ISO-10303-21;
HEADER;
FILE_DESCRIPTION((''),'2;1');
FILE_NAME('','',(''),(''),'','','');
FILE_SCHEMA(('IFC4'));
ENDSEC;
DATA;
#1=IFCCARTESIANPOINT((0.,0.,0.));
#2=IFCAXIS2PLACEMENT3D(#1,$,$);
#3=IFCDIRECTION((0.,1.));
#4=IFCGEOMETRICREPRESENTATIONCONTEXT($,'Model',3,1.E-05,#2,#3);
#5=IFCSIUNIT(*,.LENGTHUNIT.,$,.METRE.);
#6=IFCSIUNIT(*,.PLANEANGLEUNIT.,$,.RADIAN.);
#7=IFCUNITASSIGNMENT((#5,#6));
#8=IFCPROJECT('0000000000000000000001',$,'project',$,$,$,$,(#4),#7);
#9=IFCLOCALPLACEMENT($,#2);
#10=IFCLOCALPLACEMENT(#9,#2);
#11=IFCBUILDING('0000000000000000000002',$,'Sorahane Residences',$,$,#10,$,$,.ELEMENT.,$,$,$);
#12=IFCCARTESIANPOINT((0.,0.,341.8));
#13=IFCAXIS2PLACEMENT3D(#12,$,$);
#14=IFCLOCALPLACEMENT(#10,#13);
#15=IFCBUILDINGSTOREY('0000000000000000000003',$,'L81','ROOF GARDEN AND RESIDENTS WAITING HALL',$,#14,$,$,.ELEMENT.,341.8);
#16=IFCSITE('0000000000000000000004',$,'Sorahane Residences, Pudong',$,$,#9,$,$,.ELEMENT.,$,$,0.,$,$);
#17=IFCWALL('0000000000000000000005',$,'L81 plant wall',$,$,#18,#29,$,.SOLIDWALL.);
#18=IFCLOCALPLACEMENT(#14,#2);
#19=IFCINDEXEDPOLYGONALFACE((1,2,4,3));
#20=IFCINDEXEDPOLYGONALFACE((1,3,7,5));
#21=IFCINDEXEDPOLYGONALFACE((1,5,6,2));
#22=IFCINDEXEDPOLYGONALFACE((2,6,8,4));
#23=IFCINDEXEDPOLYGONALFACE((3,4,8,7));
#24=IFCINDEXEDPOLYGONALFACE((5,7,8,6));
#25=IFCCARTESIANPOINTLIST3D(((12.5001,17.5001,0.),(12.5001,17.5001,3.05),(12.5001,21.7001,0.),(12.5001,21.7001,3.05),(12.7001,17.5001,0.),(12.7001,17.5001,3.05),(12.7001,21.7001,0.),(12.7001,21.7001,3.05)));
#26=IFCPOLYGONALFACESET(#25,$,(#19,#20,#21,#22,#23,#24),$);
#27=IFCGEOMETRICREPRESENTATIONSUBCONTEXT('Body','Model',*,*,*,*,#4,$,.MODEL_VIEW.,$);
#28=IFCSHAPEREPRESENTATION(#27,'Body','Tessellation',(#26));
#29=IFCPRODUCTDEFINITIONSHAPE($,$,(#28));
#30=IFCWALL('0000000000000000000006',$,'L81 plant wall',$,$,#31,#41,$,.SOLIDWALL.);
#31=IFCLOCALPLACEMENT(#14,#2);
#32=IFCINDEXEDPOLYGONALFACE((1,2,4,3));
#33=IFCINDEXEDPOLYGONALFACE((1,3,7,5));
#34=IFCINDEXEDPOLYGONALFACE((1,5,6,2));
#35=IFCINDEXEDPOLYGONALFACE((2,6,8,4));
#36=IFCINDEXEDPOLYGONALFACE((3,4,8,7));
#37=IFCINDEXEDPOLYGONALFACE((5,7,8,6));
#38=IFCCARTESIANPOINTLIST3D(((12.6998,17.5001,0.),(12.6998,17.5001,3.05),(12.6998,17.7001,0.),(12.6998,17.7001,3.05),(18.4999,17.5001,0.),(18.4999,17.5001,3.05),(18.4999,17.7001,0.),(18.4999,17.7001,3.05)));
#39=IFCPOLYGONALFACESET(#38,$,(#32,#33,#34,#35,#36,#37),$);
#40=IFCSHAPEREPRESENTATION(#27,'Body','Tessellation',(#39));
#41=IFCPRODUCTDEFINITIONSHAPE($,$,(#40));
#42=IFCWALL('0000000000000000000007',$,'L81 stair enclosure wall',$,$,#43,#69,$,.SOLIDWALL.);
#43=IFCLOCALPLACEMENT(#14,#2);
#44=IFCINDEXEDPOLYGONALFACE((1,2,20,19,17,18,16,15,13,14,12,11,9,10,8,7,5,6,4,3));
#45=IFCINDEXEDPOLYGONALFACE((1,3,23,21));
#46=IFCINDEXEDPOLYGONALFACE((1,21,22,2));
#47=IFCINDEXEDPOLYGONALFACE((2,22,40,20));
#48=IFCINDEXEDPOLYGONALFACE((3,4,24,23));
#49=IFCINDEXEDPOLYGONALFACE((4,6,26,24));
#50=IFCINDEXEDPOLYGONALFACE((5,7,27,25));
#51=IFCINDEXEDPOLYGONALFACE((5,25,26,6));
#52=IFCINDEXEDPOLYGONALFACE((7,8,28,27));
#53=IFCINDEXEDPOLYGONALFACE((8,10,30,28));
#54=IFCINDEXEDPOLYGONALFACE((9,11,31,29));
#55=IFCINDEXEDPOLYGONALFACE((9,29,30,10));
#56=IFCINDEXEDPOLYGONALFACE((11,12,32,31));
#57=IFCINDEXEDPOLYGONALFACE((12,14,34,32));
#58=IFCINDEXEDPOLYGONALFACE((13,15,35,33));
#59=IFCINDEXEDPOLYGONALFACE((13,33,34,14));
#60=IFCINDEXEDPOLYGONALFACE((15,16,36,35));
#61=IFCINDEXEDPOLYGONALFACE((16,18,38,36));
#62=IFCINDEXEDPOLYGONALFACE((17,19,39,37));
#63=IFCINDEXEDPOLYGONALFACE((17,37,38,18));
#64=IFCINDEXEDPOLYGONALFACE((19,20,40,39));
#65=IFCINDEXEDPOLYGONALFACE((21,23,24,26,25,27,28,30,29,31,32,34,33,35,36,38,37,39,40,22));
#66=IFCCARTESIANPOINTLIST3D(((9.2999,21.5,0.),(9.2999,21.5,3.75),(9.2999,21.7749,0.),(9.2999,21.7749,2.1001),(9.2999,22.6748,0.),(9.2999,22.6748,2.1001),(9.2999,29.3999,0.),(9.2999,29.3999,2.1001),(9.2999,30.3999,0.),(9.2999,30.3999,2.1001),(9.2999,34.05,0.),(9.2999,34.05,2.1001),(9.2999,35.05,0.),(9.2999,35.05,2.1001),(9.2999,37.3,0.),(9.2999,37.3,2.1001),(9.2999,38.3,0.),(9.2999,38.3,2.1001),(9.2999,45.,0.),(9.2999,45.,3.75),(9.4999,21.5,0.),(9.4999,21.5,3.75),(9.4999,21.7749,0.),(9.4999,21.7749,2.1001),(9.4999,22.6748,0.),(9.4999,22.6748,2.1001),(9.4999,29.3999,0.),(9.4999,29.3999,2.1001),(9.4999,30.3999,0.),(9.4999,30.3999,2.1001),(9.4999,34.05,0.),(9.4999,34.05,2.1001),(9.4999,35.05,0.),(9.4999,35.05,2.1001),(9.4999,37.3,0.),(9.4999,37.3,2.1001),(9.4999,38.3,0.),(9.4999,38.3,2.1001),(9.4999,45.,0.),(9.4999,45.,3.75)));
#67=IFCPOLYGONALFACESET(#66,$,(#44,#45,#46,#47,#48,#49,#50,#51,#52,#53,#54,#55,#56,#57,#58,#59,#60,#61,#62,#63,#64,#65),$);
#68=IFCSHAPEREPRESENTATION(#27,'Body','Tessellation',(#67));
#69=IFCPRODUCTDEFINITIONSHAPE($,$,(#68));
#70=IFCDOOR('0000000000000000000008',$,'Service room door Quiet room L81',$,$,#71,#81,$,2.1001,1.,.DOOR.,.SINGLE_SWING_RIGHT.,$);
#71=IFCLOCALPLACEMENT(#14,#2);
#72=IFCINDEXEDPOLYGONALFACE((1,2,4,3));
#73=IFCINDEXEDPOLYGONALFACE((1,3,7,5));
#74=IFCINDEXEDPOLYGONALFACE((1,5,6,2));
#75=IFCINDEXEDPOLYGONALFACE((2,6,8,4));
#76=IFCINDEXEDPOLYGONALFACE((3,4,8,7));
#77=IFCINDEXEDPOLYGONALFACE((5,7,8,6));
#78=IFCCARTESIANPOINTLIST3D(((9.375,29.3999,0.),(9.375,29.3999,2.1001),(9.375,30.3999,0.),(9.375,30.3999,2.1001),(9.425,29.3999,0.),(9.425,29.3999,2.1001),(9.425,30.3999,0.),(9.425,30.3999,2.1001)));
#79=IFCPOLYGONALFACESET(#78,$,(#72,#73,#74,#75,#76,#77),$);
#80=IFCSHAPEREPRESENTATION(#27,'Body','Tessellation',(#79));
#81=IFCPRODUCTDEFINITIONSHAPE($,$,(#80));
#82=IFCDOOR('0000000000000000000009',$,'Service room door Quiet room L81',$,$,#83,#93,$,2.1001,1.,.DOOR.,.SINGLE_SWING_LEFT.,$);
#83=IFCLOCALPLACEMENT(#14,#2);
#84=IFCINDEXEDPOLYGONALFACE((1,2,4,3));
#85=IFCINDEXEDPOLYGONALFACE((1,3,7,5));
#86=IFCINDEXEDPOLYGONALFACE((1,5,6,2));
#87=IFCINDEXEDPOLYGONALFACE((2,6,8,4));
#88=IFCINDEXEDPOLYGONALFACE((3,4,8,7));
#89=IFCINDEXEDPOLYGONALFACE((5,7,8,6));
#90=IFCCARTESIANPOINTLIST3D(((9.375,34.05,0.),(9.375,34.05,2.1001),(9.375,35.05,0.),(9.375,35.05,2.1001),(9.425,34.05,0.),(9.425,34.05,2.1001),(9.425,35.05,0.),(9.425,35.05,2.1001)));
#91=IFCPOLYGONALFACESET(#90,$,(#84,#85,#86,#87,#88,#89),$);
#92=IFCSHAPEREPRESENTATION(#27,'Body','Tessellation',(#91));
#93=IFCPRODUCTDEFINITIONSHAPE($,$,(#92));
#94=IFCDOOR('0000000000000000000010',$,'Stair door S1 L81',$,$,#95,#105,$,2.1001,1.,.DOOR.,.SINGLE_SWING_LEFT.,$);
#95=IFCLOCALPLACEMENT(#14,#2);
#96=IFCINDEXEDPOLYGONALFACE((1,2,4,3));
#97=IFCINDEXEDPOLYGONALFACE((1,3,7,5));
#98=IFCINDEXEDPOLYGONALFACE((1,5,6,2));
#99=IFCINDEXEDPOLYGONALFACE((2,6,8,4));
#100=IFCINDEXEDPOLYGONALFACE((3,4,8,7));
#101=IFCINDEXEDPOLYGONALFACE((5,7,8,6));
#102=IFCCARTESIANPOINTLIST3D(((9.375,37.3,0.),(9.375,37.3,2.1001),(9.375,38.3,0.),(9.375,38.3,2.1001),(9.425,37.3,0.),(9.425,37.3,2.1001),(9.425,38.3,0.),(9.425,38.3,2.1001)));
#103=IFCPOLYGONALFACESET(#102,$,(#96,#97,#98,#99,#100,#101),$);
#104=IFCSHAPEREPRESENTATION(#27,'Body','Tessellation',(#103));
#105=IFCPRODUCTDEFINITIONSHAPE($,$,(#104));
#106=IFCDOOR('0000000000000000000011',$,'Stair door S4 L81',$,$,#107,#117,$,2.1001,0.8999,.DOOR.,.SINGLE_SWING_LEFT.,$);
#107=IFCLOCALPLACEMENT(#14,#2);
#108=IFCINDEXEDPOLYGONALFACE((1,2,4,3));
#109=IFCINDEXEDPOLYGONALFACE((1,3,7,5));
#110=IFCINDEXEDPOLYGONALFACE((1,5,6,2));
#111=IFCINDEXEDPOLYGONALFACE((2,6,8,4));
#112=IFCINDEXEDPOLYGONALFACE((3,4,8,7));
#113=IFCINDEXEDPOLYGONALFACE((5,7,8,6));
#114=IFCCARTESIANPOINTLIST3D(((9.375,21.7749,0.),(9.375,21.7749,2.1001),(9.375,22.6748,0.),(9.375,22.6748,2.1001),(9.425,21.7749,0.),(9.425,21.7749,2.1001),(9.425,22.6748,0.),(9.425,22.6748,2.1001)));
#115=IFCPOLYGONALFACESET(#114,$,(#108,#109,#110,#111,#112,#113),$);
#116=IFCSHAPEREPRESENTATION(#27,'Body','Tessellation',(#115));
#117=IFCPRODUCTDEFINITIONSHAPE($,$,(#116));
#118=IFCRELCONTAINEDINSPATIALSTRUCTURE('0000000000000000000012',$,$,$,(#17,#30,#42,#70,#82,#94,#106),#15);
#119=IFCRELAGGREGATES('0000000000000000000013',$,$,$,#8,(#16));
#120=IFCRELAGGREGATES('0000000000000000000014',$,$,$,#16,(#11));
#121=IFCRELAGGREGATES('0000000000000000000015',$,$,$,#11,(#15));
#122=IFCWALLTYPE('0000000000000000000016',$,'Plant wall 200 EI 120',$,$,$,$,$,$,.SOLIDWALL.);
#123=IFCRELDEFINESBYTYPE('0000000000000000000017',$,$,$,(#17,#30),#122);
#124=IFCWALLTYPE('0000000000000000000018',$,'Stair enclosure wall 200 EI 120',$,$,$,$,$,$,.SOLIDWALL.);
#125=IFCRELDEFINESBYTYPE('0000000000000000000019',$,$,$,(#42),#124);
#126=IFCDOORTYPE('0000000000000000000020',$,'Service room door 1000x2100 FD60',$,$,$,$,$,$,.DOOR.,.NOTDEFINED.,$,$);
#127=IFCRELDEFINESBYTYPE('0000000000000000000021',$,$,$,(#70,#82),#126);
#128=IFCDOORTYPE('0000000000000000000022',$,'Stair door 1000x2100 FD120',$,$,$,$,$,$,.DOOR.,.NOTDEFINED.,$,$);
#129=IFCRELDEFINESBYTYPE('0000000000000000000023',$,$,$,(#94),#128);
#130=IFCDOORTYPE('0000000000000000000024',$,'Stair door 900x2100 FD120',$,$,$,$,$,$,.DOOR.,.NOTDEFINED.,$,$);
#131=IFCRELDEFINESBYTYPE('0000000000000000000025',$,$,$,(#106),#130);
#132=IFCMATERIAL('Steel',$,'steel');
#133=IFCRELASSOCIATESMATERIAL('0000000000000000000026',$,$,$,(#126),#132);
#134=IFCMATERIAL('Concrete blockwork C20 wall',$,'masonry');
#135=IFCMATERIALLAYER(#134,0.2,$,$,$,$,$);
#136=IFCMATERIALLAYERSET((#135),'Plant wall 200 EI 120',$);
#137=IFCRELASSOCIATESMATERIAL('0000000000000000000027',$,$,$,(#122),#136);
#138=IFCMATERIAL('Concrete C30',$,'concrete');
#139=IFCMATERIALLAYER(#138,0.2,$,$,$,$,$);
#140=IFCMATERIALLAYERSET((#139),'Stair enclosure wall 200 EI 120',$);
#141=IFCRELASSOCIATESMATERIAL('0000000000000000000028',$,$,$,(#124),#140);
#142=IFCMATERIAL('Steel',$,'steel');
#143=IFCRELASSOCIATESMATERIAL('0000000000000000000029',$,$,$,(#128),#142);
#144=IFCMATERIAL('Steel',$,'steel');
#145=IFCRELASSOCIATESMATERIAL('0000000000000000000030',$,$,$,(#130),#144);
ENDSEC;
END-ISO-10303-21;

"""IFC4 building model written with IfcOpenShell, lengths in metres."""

from ifc_helpers import new_model, si_unit, direction, frame, frame_2d, origin, place, context, subcontext, project, spatial, rectangle, extrude, material, layer, layer_set, type_object, element, fill, save


model = new_model("IFC4")

# Units and contexts
model_context = context("Model", 3, precision=1e-05, world=origin(), true_north=direction((0.0, 1.0)))
body_context = subcontext(model_context, "Body", "Model", "MODEL_VIEW")
ifc_project = project(units=[si_unit("LENGTHUNIT", "METRE"), si_unit("PLANEANGLEUNIT", "RADIAN")], contexts=[model_context])

# Site, building, storey
site_placement = place(None, origin())
site = spatial("IfcSite", under=ifc_project, at=site_placement, Name="Sorahane Residences, Pudong", CompositionType="ELEMENT", RefElevation=0.0)
building_placement = place(site_placement, origin())
building = spatial("IfcBuilding", under=site, at=building_placement, Name="Sorahane Residences", CompositionType="ELEMENT")
storey_placement = place(building_placement, frame((0.0, 0.0, 341.8)))
storey = spatial("IfcBuildingStorey", under=building, at=storey_placement, Name="L81", Description="ROOF GARDEN AND RESIDENTS WAITING HALL", CompositionType="ELEMENT", Elevation=341.8)

# Shared definitions
ifc_material_1 = material(Name="Steel", Category="steel")
door_type_1 = type_object("IfcDoorType", Name="Service room door 1000x2100 FD60", OperationType="NOTDEFINED", PredefinedType="DOOR", material=ifc_material_1)

# Walls
ifc_material_2 = material(Name="Concrete blockwork C20 wall", Category="masonry")
ifc_layer_1 = layer(ifc_material_2, 0.2)
ifc_layer_set_1 = layer_set([ifc_layer_1], Name="Plant wall 200 EI 120")
wall_type_1 = type_object("IfcWallType", Name="Plant wall 200 EI 120", PredefinedType="SOLIDWALL", material=ifc_layer_set_1)
wall_1_placement = place(storey_placement, frame((12.6001, 17.5, 0.0), z_axis=(0.0, 0.0, 1.0), x_axis=(0.0, 1.0, 0.0)))
element("IfcWall", 1, at=wall_1_placement, inside=storey, type_object=wall_type_1, Name="L81 plant wall", PredefinedType="SOLIDWALL", context=body_context, shape_type="SweptSolid", body=[
    extrude(rectangle(XDim=4.2, YDim=0.2, at=frame_2d((2.1001, 0.0))), origin(), (0.0, 0.0, 1.0), 3.05),
])
wall_2_placement = place(storey_placement, frame((12.7, 17.6001, 0.0), z_axis=(0.0, 0.0, 1.0), x_axis=(1.0, 0.0, 0.0)))
element("IfcWall", 2, at=wall_2_placement, inside=storey, type_object=wall_type_1, Name="L81 plant wall", PredefinedType="SOLIDWALL", context=body_context, shape_type="SweptSolid", body=[
    extrude(rectangle(XDim=5.8, YDim=0.2, at=frame_2d((2.8999, 0.0))), origin(), (0.0, 0.0, 1.0), 3.05),
])

# Wall, openings, doors
ifc_material_3 = material(Name="Concrete C30", Category="concrete")
ifc_layer_2 = layer(ifc_material_3, 0.2)
ifc_layer_set_2 = layer_set([ifc_layer_2], Name="Stair enclosure wall 200 EI 120")
wall_type_2 = type_object("IfcWallType", Name="Stair enclosure wall 200 EI 120", PredefinedType="SOLIDWALL", material=ifc_layer_set_2)
wall_3_placement = place(storey_placement, frame((9.3999, 21.5, 0.0), z_axis=(0.0, 0.0, 1.0), x_axis=(0.0, 1.0, 0.0)))
wall_3 = element("IfcWall", 3, at=wall_3_placement, inside=storey, type_object=wall_type_2, Name="L81 stair enclosure wall", PredefinedType="SOLIDWALL", context=body_context, shape_type="SweptSolid", body=[
    extrude(rectangle(XDim=23.5, YDim=0.2, at=frame_2d((11.75, 0.0))), origin(), (0.0, 0.0, 1.0), 3.75),
])
opening_1_placement = place(wall_3_placement, frame((7.8999, 0.0, 0.0)))
opening_1 = element("IfcOpeningElement", 4, at=opening_1_placement, cuts=wall_3, PredefinedType="OPENING", context=body_context, shape_type="SweptSolid", body=[
    extrude(rectangle(XDim=1.0, YDim=2.1001, at=frame_2d((0.5, 1.05))), frame((0.0, 0.1099, 0.0), z_axis=(0.0, -1.0, 0.0), x_axis=(1.0, 0.0, 0.0)), (0.0, 0.0, 1.0), 0.22),
])
opening_2_placement = place(wall_3_placement, frame((12.55, 0.0, 0.0)))
opening_2 = element("IfcOpeningElement", 5, at=opening_2_placement, cuts=wall_3, PredefinedType="OPENING", context=body_context, shape_type="SweptSolid", body=[
    extrude(rectangle(XDim=1.0, YDim=2.1001, at=frame_2d((0.5, 1.05))), frame((0.0, 0.1099, 0.0), z_axis=(0.0, -1.0, 0.0), x_axis=(1.0, 0.0, 0.0)), (0.0, 0.0, 1.0), 0.22),
])
opening_3_placement = place(wall_3_placement, frame((15.8, 0.0, 0.0)))
opening_3 = element("IfcOpeningElement", 6, at=opening_3_placement, cuts=wall_3, PredefinedType="OPENING", context=body_context, shape_type="SweptSolid", body=[
    extrude(rectangle(XDim=1.0, YDim=2.1001, at=frame_2d((0.5, 1.05))), frame((0.0, 0.1099, 0.0), z_axis=(0.0, -1.0, 0.0), x_axis=(1.0, 0.0, 0.0)), (0.0, 0.0, 1.0), 0.22),
])
opening_4_placement = place(wall_3_placement, frame((0.2749, 0.0, 0.0)))
opening_4 = element("IfcOpeningElement", 7, at=opening_4_placement, cuts=wall_3, PredefinedType="OPENING", context=body_context, shape_type="SweptSolid", body=[
    extrude(rectangle(XDim=0.8999, YDim=2.1001, at=frame_2d((0.45, 1.05))), frame((0.0, 0.1099, 0.0), z_axis=(0.0, -1.0, 0.0), x_axis=(1.0, 0.0, 0.0)), (0.0, 0.0, 1.0), 0.22),
])
door_1_placement = place(opening_1_placement, origin())
door_1 = element("IfcDoor", 8, at=door_1_placement, inside=storey, type_object=door_type_1, Name="Service room door Quiet room L81", OperationType="SINGLE_SWING_RIGHT", OverallHeight=2.1001, OverallWidth=1.0, PredefinedType="DOOR", context=body_context, shape_type="SweptSolid", body=[
    extrude(rectangle(XDim=1.0, YDim=2.1001, at=frame_2d((0.5, 1.05))), frame((0.0, 0.0249, 0.0), z_axis=(0.0, -1.0, 0.0), x_axis=(1.0, 0.0, 0.0)), (0.0, 0.0, 1.0), 0.05),
])
fill(opening_1, door_1)
door_2_placement = place(opening_2_placement, origin())
door_2 = element("IfcDoor", 9, at=door_2_placement, inside=storey, type_object=door_type_1, Name="Service room door Quiet room L81", OperationType="SINGLE_SWING_LEFT", OverallHeight=2.1001, OverallWidth=1.0, PredefinedType="DOOR", context=body_context, shape_type="SweptSolid", body=[
    extrude(rectangle(XDim=1.0, YDim=2.1001, at=frame_2d((0.5, 1.05))), frame((0.0, 0.0249, 0.0), z_axis=(0.0, -1.0, 0.0), x_axis=(1.0, 0.0, 0.0)), (0.0, 0.0, 1.0), 0.05),
])
fill(opening_2, door_2)
ifc_material_4 = material(Name="Steel", Category="steel")
door_type_2 = type_object("IfcDoorType", Name="Stair door 1000x2100 FD120", OperationType="NOTDEFINED", PredefinedType="DOOR", material=ifc_material_4)
door_3_placement = place(opening_3_placement, origin())
door_3 = element("IfcDoor", 10, at=door_3_placement, inside=storey, type_object=door_type_2, Name="Stair door S1 L81", OperationType="SINGLE_SWING_LEFT", OverallHeight=2.1001, OverallWidth=1.0, PredefinedType="DOOR", context=body_context, shape_type="SweptSolid", body=[
    extrude(rectangle(XDim=1.0, YDim=2.1001, at=frame_2d((0.5, 1.05))), frame((0.0, 0.0249, 0.0), z_axis=(0.0, -1.0, 0.0), x_axis=(1.0, 0.0, 0.0)), (0.0, 0.0, 1.0), 0.05),
])
fill(opening_3, door_3)
ifc_material_5 = material(Name="Steel", Category="steel")
door_type_3 = type_object("IfcDoorType", Name="Stair door 900x2100 FD120", OperationType="NOTDEFINED", PredefinedType="DOOR", material=ifc_material_5)
door_4_placement = place(opening_4_placement, origin())
door_4 = element("IfcDoor", 11, at=door_4_placement, inside=storey, type_object=door_type_3, Name="Stair door S4 L81", OperationType="SINGLE_SWING_LEFT", OverallHeight=2.1001, OverallWidth=0.8999, PredefinedType="DOOR", context=body_context, shape_type="SweptSolid", body=[
    extrude(rectangle(XDim=0.8999, YDim=2.1001, at=frame_2d((0.45, 1.05))), frame((0.0, 0.0249, 0.0), z_axis=(0.0, -1.0, 0.0), x_axis=(1.0, 0.0, 0.0)), (0.0, 0.0, 1.0), 0.05),
])
fill(opening_4, door_4)

save(model, "model.ifc")
